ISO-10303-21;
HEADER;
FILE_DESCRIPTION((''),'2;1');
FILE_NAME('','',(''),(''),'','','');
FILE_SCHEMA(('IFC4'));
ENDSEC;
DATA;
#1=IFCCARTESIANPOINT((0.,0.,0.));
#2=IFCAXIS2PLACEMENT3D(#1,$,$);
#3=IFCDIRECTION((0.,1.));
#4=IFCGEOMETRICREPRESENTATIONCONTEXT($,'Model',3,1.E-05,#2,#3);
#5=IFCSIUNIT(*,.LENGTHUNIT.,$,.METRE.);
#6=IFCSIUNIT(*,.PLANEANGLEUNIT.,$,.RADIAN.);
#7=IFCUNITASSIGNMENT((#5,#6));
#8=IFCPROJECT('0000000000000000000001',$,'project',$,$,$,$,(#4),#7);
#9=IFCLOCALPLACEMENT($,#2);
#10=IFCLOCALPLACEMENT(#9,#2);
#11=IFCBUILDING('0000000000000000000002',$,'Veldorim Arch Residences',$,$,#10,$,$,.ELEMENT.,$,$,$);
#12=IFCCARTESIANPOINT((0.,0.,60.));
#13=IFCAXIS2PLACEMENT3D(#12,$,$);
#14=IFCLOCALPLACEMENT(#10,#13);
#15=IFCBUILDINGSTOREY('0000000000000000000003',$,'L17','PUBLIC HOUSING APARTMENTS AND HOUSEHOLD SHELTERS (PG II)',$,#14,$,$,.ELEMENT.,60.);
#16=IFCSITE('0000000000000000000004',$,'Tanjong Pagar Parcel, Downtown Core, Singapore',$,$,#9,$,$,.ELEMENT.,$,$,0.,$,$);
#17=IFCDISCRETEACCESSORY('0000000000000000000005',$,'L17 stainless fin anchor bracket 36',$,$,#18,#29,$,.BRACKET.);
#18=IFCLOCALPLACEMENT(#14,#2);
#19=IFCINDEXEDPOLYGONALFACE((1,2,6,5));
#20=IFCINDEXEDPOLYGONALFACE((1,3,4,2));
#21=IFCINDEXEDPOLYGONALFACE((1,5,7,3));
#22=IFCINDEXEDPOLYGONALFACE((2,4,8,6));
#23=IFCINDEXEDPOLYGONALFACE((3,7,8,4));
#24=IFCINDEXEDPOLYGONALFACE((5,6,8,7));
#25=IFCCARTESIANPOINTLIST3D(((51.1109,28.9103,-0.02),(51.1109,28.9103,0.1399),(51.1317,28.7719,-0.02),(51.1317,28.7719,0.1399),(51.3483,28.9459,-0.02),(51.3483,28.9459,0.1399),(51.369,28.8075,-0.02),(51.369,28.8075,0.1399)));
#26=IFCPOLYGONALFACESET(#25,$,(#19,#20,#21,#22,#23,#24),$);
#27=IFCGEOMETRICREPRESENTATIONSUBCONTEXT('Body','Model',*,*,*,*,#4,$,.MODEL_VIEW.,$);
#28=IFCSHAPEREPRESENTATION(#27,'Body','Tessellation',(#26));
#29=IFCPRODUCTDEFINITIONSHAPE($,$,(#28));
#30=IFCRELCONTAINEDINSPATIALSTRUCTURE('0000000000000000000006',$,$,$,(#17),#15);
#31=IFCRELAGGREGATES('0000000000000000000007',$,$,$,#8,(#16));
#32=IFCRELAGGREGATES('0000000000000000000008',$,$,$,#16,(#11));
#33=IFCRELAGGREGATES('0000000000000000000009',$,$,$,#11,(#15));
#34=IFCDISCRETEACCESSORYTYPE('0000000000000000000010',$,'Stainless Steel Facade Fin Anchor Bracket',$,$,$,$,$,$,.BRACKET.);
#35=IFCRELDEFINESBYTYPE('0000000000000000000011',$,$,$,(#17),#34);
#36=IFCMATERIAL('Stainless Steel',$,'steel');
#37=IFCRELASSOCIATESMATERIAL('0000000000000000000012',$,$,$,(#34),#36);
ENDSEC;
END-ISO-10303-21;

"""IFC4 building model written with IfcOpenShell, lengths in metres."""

from ifc_helpers import new_model, si_unit, direction, frame, origin, origin_2d, place, context, subcontext, project, spatial, rectangle, extrude, material, type_object, element, save


model = new_model("IFC4")

# Units and contexts
model_context = context("Model", 3, precision=1e-05, world=origin(), true_north=direction((0.0, 1.0)))
body_context = subcontext(model_context, "Body", "Model", "MODEL_VIEW")
ifc_project = project(units=[si_unit("LENGTHUNIT", "METRE"), si_unit("PLANEANGLEUNIT", "RADIAN")], contexts=[model_context])

# Site, building, storey
site_placement = place(None, origin())
site = spatial("IfcSite", under=ifc_project, at=site_placement, Name="Tanjong Pagar Parcel, Downtown Core, Singapore", CompositionType="ELEMENT", RefElevation=0.0)
building_placement = place(site_placement, origin())
building = spatial("IfcBuilding", under=site, at=building_placement, Name="Veldorim Arch Residences", CompositionType="ELEMENT")
storey_placement = place(building_placement, frame((0.0, 0.0, 60.0)))
storey = spatial("IfcBuildingStorey", under=building, at=storey_placement, Name="L17", Description="PUBLIC HOUSING APARTMENTS AND HOUSEHOLD SHELTERS (PG II)", CompositionType="ELEMENT", Elevation=60.0)

# Discrete accessory
ifc_material_1 = material(Name="Stainless Steel", Category="steel")
discrete_accessory_type = type_object("IfcDiscreteAccessoryType", Name="Stainless Steel Facade Fin Anchor Bracket", PredefinedType="BRACKET", material=ifc_material_1)
discrete_accessory_placement = place(storey_placement, frame((51.24, 28.8589, -0.02), z_axis=(0.0, 0.0, 1.0), x_axis=(0.148327, -0.988938, 0.0)))
element("IfcDiscreteAccessory", 1, at=discrete_accessory_placement, inside=storey, type_object=discrete_accessory_type, Name="L17 stainless fin anchor bracket 36", PredefinedType="BRACKET", context=body_context, shape_type="SweptSolid", body=[
    extrude(rectangle(XDim=0.1399, YDim=0.24, at=origin_2d()), origin(), (0.0, 0.0, 1.0), 0.1599),
])

save(model, "model.ifc")
